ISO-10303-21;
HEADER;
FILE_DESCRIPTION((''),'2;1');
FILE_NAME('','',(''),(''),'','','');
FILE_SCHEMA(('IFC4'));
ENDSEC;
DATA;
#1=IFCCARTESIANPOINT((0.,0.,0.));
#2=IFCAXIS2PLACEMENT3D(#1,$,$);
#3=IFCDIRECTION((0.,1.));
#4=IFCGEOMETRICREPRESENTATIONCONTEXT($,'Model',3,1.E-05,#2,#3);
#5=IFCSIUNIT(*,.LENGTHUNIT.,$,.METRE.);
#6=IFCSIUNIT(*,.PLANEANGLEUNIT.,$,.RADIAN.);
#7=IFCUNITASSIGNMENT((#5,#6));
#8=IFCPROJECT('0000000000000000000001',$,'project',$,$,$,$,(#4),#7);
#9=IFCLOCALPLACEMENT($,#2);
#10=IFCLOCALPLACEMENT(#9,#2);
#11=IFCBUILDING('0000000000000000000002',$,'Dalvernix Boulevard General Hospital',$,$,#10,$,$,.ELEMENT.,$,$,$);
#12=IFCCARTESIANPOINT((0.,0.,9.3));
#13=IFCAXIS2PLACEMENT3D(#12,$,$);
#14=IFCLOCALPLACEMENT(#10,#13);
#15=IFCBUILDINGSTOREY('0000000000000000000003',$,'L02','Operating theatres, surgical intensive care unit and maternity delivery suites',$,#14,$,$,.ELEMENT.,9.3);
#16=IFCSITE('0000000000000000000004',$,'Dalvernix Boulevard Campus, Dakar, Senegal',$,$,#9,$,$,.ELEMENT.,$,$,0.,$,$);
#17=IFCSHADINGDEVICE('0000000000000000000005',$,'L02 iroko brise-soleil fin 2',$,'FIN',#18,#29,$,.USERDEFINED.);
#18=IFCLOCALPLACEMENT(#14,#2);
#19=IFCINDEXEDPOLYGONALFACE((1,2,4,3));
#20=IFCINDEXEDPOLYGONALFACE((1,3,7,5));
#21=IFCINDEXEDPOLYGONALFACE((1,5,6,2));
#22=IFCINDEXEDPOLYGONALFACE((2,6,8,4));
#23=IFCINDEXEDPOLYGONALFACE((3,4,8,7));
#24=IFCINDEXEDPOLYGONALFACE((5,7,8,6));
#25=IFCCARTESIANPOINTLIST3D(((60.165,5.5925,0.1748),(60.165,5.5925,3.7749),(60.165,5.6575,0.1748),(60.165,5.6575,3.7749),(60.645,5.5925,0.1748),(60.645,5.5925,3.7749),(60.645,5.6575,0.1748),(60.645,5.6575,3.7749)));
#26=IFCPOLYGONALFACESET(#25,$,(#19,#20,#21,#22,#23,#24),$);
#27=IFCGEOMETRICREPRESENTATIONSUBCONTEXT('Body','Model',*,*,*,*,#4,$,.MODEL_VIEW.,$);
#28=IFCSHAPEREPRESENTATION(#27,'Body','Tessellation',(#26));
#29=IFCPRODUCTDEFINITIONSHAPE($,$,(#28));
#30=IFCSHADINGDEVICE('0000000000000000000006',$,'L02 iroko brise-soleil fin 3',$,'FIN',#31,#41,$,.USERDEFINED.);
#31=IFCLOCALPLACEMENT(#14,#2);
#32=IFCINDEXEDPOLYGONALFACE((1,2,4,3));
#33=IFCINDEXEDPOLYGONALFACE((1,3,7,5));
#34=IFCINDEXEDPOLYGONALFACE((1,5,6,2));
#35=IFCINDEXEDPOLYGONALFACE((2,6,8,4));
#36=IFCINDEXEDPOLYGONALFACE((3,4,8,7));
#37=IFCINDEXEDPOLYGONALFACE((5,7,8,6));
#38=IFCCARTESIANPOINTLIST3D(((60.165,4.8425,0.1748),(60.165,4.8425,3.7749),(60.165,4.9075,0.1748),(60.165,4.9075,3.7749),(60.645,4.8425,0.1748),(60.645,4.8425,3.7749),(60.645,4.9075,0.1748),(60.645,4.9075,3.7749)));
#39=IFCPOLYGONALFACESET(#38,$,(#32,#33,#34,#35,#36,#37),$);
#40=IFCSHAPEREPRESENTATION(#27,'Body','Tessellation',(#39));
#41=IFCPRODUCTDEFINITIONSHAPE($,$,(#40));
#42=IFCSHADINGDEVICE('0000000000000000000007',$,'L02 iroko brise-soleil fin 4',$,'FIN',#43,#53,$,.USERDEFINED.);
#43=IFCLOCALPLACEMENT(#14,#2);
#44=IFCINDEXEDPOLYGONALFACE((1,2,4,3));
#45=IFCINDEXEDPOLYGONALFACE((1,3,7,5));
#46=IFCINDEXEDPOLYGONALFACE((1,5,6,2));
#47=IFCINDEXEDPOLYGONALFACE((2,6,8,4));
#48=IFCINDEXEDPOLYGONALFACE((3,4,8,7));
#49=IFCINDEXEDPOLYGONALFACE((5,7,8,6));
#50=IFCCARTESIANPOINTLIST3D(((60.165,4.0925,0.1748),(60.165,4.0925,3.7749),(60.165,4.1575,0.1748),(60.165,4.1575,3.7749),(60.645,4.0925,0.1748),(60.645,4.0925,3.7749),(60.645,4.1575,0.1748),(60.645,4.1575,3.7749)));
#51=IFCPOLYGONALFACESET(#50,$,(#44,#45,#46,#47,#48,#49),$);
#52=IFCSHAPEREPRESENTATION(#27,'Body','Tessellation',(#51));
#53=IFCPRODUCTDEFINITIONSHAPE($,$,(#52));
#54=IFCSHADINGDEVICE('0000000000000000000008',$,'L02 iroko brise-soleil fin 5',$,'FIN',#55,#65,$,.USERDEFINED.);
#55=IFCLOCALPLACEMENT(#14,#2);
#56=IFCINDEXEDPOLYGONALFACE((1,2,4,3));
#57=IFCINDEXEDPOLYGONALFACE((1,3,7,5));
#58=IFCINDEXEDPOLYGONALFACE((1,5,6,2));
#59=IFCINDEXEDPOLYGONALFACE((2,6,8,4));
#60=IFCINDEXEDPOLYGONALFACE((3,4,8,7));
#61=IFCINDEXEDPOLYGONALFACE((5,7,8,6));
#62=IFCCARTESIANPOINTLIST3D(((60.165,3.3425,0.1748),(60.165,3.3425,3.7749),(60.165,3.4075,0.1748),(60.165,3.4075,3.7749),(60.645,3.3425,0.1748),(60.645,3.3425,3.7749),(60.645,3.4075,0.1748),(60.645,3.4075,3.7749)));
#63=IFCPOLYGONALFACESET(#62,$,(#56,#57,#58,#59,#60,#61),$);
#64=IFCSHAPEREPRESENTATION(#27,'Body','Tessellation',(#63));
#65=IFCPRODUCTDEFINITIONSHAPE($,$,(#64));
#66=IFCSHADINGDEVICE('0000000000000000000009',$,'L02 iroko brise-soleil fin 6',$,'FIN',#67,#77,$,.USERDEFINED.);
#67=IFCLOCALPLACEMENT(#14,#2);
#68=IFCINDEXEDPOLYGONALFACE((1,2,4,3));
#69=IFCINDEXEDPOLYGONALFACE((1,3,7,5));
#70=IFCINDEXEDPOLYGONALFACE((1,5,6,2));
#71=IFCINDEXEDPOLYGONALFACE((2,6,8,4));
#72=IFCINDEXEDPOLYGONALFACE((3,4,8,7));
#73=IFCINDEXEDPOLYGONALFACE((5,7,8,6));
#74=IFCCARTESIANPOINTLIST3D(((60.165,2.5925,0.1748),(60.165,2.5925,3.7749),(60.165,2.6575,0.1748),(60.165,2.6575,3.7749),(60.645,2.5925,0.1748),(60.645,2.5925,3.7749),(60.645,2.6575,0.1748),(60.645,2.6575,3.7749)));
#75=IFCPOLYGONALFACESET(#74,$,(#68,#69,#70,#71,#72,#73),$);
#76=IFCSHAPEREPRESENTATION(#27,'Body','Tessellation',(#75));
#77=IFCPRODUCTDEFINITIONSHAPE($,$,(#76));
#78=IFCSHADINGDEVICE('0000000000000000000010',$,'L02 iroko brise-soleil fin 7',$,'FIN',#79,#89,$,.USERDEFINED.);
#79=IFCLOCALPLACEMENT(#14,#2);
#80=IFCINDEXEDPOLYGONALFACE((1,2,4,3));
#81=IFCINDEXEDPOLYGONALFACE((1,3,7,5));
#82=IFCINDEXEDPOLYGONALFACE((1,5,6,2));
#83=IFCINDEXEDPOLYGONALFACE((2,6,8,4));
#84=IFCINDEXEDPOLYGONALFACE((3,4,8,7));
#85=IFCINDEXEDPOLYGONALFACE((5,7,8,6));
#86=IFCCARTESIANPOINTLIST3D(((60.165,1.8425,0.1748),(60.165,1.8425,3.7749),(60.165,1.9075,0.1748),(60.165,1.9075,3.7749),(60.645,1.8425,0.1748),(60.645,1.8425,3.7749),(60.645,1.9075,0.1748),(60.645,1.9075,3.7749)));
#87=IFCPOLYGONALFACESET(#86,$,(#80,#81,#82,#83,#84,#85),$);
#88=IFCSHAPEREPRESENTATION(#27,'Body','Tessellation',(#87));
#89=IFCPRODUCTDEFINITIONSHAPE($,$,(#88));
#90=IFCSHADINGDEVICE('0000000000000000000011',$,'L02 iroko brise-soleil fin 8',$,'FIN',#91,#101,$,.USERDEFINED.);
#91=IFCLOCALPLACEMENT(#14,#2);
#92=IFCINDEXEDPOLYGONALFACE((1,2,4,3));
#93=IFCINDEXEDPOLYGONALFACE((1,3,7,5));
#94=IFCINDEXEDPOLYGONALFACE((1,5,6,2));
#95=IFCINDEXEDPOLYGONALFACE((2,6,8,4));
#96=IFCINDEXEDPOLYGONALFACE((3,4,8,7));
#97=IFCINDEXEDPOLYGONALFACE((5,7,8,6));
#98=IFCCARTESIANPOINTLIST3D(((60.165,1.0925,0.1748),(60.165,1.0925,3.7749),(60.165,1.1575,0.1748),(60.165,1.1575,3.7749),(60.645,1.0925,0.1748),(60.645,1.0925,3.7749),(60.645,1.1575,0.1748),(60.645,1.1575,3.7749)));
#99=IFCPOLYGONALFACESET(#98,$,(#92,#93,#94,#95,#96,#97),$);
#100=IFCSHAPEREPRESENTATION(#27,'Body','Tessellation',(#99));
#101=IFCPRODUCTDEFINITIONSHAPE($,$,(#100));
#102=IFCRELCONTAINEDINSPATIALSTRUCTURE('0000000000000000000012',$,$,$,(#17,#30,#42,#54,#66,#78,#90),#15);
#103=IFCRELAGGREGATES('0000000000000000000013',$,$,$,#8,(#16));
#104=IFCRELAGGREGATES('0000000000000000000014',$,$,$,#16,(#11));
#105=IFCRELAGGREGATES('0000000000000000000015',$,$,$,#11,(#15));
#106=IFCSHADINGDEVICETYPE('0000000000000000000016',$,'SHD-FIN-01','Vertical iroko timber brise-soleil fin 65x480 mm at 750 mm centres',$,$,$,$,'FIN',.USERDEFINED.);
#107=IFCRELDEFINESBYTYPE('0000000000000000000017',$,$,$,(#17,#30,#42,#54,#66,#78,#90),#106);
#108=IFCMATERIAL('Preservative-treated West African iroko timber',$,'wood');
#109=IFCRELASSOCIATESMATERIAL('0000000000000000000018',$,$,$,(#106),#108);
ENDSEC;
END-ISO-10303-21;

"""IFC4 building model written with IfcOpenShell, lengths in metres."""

from ifc_helpers import new_model, si_unit, direction, frame, origin, origin_2d, place, context, subcontext, project, spatial, rectangle, extrude, material, type_object, element, save


model = new_model("IFC4")

# Units and contexts
model_context = context("Model", 3, precision=1e-05, world=origin(), true_north=direction((0.0, 1.0)))
body_context = subcontext(model_context, "Body", "Model", "MODEL_VIEW")
ifc_project = project(units=[si_unit("LENGTHUNIT", "METRE"), si_unit("PLANEANGLEUNIT", "RADIAN")], contexts=[model_context])

# Site, building, storey
site_placement = place(None, origin())
site = spatial("IfcSite", under=ifc_project, at=site_placement, Name="Dalvernix Boulevard Campus, Dakar, Senegal", CompositionType="ELEMENT", RefElevation=0.0)
building_placement = place(site_placement, origin())
building = spatial("IfcBuilding", under=site, at=building_placement, Name="Dalvernix Boulevard General Hospital", CompositionType="ELEMENT")
storey_placement = place(building_placement, frame((0.0, 0.0, 9.3)))
storey = spatial("IfcBuildingStorey", under=building, at=storey_placement, Name="L02", Description="Operating theatres, surgical intensive care unit and maternity delivery suites", CompositionType="ELEMENT", Elevation=9.3)

# Shading devices
ifc_material_1 = material(Name="Preservative-treated West African iroko timber", Category="wood")
shading_device_type = type_object("IfcShadingDeviceType", Name="SHD-FIN-01", Description="Vertical iroko timber brise-soleil fin 65x480 mm at 750 mm centres", ElementType="FIN", PredefinedType="USERDEFINED", material=ifc_material_1)
for number, where, z_axis, x_axis, name in (
    (1, (60.405, 5.625, 0.1748), (0.0, 0.0, 1.0), (0.0, -1.0, 0.0), "L02 iroko brise-soleil fin 2"),
    (2, (60.405, 4.875, 0.1748), (0.0, 0.0, 1.0), (0.0, -1.0, 0.0), "L02 iroko brise-soleil fin 3"),
    (3, (60.405, 4.125, 0.1748), (0.0, 0.0, 1.0), (0.0, -1.0, 0.0), "L02 iroko brise-soleil fin 4"),
    (4, (60.405, 3.375, 0.1748), (0.0, 0.0, 1.0), (0.0, -1.0, 0.0), "L02 iroko brise-soleil fin 5"),
    (5, (60.405, 2.625, 0.1748), (0.0, 0.0, 1.0), (0.0, -1.0, 0.0), "L02 iroko brise-soleil fin 6"),
    (6, (60.405, 1.875, 0.1748), (0.0, 0.0, 1.0), (0.0, -1.0, 0.0), "L02 iroko brise-soleil fin 7"),
    (7, (60.405, 1.125, 0.1748), (0.0, 0.0, 1.0), (0.0, -1.0, 0.0), "L02 iroko brise-soleil fin 8"),
):
    element("IfcShadingDevice", number, at=place(storey_placement, frame(where, z_axis=z_axis, x_axis=x_axis)), inside=storey, type_object=shading_device_type, Name=name, ObjectType="FIN", PredefinedType="USERDEFINED", context=body_context, shape_type="SweptSolid", body=[
        extrude(rectangle(XDim=0.0649, YDim=0.48, at=origin_2d()), origin(), (0.0, 0.0, 1.0), 3.6001),
    ])

save(model, "model.ifc")
